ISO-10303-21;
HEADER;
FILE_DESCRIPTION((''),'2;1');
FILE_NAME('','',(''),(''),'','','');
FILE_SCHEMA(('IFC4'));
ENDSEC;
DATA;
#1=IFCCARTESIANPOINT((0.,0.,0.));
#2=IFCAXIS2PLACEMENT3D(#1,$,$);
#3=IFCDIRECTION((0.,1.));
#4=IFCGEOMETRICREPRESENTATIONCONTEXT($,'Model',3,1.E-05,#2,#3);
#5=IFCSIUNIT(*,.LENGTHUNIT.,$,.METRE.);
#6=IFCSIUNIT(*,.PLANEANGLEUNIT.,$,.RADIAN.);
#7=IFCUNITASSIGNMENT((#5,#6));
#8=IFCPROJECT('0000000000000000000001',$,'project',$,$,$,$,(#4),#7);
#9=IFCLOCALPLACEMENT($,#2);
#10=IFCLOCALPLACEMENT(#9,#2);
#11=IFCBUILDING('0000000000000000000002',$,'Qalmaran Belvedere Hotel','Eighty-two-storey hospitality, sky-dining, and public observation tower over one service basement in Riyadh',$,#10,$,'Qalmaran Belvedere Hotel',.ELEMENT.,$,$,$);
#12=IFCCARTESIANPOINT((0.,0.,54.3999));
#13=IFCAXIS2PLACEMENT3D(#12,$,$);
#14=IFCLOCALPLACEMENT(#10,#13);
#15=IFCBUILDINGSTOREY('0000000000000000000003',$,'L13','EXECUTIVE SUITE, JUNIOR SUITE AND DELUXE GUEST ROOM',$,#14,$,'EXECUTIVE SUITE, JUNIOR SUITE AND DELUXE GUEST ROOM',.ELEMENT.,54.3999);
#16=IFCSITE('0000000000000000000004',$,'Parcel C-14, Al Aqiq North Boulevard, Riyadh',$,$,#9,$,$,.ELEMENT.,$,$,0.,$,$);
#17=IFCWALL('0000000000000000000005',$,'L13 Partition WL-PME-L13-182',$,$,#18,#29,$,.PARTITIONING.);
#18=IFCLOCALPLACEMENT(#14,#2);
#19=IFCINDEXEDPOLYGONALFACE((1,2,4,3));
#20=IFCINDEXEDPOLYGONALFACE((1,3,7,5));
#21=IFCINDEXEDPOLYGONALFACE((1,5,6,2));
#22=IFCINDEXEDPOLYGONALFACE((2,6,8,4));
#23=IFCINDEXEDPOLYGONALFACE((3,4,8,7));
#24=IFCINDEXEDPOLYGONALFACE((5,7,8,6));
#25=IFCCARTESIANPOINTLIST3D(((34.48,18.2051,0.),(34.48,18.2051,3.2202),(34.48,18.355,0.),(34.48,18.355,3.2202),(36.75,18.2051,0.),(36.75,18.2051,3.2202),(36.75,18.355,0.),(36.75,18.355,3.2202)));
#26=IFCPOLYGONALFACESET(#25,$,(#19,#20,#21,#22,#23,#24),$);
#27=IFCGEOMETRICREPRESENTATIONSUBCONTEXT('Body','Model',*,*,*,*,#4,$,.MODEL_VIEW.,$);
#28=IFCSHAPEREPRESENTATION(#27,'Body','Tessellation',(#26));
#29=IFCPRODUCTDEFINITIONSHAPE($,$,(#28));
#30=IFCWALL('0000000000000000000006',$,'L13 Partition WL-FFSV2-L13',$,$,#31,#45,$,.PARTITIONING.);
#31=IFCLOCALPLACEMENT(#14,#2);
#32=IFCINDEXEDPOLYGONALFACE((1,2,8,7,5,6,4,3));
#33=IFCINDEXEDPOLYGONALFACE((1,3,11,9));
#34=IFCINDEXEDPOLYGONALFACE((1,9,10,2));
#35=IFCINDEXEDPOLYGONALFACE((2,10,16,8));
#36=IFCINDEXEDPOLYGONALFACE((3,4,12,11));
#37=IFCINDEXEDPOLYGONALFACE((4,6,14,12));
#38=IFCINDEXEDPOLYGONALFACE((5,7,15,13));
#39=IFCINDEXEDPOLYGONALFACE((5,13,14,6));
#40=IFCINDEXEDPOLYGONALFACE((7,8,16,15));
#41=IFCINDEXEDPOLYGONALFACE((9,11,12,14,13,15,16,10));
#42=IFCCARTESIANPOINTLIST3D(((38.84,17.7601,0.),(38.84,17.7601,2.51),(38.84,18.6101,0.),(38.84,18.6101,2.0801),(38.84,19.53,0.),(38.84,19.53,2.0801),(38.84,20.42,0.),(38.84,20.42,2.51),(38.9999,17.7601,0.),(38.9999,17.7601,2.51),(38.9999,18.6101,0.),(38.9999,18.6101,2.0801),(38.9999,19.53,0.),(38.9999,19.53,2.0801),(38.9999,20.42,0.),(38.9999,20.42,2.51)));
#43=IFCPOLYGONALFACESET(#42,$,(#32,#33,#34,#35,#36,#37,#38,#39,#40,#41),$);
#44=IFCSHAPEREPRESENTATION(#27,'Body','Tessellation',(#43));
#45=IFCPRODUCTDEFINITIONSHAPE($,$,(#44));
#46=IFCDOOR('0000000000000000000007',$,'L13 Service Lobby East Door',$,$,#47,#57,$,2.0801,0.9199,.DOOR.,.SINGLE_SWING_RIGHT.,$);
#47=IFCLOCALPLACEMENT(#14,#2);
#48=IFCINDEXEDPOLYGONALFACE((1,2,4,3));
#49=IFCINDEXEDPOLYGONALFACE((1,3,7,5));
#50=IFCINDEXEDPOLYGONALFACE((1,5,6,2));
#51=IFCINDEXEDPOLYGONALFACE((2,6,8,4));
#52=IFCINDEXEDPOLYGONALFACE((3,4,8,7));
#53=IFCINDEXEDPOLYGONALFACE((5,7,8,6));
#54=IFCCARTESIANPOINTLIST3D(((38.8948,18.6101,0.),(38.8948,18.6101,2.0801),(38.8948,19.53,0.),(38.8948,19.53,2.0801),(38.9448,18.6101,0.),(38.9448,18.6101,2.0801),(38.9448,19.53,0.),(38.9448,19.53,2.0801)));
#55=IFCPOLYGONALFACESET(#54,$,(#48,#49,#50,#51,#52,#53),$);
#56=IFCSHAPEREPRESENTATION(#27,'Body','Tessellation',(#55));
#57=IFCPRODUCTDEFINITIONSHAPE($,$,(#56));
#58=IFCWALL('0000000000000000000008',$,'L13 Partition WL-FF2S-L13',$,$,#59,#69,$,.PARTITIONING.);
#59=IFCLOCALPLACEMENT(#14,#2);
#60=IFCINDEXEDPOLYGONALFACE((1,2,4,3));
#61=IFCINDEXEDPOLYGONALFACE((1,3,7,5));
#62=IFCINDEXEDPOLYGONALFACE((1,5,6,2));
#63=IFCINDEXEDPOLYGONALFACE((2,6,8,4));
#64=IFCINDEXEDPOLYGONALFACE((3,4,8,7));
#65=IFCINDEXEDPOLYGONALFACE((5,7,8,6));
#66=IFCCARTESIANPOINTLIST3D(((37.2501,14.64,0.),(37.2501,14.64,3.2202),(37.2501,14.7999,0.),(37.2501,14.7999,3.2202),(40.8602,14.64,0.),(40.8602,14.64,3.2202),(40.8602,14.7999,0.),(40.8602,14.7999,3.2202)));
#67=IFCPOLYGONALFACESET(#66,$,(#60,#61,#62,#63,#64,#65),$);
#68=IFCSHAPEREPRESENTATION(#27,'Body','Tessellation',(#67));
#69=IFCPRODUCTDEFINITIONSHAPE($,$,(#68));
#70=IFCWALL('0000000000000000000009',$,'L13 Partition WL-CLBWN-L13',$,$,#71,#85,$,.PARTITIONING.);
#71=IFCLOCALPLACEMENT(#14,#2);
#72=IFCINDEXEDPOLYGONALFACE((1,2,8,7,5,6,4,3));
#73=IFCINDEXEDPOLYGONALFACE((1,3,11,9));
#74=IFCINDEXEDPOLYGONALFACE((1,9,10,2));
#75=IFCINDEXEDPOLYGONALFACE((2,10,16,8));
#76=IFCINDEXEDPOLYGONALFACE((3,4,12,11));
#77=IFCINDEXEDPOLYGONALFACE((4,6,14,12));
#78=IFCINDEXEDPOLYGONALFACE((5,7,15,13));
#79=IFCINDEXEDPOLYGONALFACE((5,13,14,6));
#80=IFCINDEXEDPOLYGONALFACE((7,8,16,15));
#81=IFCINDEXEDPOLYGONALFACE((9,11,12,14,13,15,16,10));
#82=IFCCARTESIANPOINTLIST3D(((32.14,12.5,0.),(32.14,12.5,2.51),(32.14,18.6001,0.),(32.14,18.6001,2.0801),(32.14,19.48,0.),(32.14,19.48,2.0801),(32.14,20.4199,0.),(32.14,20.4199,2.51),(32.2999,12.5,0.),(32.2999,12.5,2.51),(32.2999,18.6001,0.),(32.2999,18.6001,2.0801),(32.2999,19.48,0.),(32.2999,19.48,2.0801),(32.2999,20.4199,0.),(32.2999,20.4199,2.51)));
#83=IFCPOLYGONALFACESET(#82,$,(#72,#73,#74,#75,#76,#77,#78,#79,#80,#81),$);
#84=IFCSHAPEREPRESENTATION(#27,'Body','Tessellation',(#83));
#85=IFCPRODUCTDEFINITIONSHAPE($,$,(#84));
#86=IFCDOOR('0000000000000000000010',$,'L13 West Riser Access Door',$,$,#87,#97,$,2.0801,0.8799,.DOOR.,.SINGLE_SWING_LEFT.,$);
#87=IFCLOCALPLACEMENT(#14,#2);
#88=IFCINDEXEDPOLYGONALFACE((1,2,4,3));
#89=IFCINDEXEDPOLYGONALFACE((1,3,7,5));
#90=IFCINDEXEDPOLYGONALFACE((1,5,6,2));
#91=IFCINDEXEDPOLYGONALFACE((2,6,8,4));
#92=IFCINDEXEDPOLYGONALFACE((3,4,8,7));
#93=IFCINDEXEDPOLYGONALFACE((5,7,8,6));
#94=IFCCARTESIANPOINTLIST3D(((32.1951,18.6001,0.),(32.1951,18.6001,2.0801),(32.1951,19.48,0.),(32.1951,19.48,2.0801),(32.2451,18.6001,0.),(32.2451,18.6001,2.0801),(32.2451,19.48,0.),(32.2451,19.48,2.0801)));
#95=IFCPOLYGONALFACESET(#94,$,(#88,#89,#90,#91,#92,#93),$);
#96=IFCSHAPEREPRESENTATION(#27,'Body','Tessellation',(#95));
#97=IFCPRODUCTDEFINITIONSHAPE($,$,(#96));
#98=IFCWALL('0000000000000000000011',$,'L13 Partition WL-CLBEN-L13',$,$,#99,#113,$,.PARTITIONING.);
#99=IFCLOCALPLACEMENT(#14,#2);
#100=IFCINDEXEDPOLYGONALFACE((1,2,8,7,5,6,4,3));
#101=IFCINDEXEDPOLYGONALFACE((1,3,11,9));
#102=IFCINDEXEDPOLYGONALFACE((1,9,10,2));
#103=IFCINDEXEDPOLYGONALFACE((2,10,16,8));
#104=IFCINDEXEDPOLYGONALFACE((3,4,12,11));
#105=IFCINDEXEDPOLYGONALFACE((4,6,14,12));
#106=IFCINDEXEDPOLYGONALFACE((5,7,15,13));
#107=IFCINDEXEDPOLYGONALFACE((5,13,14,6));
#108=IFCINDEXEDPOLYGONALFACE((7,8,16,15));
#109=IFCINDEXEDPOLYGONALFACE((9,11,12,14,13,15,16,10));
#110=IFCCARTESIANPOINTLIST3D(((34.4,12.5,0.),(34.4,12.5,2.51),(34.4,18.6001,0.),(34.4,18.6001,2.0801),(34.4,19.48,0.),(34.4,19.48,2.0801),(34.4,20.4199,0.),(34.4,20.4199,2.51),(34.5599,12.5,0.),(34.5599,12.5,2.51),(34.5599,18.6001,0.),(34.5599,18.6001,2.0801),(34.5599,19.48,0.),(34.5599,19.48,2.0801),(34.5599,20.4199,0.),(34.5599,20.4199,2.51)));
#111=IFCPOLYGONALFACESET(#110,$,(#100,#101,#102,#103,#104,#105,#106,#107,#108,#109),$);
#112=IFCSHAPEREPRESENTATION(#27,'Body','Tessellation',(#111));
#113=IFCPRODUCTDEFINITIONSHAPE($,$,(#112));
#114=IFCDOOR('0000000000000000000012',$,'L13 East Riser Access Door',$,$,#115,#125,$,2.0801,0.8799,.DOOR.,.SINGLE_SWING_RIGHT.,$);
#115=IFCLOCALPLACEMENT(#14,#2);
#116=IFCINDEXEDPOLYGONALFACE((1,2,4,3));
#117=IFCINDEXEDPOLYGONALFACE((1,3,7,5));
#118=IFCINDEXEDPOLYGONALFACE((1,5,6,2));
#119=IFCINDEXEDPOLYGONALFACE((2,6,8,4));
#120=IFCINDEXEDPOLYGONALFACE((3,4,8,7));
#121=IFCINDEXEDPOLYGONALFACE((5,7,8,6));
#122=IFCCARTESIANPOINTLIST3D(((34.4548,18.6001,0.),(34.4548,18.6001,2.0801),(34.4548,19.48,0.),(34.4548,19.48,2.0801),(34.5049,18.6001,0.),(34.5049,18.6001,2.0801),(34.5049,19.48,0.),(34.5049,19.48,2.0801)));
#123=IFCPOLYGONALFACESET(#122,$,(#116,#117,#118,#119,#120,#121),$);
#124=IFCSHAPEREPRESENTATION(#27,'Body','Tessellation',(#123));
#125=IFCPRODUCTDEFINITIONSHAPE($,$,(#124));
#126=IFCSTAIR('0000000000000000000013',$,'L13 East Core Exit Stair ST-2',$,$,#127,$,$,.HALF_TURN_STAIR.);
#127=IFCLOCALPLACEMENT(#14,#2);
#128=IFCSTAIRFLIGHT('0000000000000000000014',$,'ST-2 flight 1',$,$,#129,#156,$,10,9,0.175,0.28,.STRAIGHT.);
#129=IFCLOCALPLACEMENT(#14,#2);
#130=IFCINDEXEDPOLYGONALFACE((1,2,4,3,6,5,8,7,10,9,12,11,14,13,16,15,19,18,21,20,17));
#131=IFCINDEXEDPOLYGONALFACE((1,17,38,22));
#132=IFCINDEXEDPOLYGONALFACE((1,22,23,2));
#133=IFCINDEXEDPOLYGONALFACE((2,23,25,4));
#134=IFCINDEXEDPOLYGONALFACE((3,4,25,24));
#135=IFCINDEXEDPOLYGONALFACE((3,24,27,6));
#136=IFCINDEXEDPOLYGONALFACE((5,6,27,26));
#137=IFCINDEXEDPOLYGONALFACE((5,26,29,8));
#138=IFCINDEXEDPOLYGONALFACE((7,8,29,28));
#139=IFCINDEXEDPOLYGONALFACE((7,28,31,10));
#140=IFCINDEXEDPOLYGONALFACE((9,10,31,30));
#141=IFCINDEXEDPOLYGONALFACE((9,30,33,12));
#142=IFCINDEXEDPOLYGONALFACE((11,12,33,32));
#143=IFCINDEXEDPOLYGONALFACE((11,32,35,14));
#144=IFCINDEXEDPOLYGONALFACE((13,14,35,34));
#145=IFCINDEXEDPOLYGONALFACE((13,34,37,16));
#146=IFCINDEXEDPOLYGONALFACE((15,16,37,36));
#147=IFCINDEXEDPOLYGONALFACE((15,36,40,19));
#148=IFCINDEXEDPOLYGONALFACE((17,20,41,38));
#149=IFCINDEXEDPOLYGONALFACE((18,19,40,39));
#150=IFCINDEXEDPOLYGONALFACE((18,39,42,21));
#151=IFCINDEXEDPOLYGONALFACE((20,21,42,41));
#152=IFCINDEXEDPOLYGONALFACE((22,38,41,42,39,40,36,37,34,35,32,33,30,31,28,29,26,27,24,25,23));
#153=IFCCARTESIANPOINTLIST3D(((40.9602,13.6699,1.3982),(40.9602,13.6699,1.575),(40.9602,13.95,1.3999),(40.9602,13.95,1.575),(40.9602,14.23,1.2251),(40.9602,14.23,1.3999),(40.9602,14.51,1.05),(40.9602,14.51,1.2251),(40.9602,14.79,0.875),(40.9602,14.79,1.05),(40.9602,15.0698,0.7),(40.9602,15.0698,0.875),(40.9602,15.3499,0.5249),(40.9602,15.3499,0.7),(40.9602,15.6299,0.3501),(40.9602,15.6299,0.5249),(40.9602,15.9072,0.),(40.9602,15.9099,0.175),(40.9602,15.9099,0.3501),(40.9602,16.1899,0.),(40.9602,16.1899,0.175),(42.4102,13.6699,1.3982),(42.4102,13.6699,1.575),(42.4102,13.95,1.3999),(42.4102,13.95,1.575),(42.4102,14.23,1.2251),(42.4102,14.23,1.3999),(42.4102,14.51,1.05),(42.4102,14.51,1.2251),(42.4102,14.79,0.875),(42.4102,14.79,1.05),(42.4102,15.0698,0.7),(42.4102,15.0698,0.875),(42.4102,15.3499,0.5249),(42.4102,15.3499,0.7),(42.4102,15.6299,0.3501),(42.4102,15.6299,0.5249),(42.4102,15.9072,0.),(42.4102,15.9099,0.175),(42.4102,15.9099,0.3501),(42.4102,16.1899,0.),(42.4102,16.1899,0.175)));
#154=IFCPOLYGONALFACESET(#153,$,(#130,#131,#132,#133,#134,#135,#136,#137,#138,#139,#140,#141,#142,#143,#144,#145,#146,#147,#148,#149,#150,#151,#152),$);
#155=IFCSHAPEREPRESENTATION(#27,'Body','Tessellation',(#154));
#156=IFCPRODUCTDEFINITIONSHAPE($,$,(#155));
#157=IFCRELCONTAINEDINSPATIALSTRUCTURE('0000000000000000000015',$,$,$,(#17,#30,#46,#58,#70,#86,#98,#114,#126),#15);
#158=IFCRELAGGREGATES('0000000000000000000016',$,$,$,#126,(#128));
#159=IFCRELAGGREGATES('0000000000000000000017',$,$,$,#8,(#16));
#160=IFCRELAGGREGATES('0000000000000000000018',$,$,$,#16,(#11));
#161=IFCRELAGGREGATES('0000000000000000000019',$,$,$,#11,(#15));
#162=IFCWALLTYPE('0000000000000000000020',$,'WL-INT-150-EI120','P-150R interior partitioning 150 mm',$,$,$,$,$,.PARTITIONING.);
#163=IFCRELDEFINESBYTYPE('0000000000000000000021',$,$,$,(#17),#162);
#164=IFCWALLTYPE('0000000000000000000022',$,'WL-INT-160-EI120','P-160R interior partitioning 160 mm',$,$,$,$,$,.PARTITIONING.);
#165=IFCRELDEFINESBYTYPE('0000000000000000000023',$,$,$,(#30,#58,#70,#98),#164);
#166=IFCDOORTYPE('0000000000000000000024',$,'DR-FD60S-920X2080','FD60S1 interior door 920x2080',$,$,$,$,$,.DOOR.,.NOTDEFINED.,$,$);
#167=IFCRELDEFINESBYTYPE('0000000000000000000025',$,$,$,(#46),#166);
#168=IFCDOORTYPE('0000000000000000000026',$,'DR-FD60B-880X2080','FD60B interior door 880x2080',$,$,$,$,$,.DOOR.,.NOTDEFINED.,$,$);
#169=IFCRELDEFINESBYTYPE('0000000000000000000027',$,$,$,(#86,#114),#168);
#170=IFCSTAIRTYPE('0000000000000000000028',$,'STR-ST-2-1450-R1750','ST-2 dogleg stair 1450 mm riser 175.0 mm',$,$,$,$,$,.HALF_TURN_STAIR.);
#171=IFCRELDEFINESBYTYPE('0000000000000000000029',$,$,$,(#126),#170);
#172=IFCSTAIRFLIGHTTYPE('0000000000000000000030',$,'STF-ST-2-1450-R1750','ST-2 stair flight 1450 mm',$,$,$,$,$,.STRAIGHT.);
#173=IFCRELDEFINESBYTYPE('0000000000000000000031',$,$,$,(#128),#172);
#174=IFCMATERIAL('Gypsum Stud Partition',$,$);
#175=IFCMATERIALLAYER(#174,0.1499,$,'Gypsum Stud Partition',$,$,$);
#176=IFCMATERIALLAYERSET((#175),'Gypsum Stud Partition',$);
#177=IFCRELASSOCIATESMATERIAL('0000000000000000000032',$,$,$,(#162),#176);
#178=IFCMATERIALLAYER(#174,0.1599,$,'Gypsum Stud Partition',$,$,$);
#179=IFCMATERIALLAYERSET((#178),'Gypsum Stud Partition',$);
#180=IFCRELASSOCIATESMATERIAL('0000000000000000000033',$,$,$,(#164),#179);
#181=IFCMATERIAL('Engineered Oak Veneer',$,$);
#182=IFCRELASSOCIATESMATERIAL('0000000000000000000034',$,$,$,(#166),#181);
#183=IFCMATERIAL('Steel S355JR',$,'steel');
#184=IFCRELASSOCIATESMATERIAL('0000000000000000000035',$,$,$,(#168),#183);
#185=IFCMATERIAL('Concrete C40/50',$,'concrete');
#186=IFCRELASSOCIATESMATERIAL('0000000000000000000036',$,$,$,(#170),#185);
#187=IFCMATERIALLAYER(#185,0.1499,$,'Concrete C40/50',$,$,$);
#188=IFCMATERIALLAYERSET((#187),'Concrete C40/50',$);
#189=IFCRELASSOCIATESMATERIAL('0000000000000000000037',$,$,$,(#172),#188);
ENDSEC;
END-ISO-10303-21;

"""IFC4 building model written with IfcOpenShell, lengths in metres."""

from ifc_helpers import new_model, si_unit, direction, frame, frame_2d, origin, place, context, subcontext, project, spatial, polyline, rectangle, outline, extrude, material, layer, layer_set, type_object, element, fill, aggregate, save


model = new_model("IFC4")

# Units and contexts
model_context = context("Model", 3, precision=1e-05, world=origin(), true_north=direction((0.0, 1.0)))
body_context = subcontext(model_context, "Body", "Model", "MODEL_VIEW")
ifc_project = project(units=[si_unit("LENGTHUNIT", "METRE"), si_unit("PLANEANGLEUNIT", "RADIAN")], contexts=[model_context])

# Site, building, storey
site_placement = place(None, origin())
site = spatial("IfcSite", under=ifc_project, at=site_placement, Name="Parcel C-14, Al Aqiq North Boulevard, Riyadh", CompositionType="ELEMENT", RefElevation=0.0)
building_placement = place(site_placement, origin())
building = spatial("IfcBuilding", under=site, at=building_placement, Name="Qalmaran Belvedere Hotel", Description="Eighty-two-storey hospitality, sky-dining, and public observation tower over one service basement in Riyadh", LongName="Qalmaran Belvedere Hotel", CompositionType="ELEMENT")
storey_placement = place(building_placement, frame((0.0, 0.0, 54.3999)))
storey = spatial("IfcBuildingStorey", under=building, at=storey_placement, Name="L13", Description="EXECUTIVE SUITE, JUNIOR SUITE AND DELUXE GUEST ROOM", LongName="EXECUTIVE SUITE, JUNIOR SUITE AND DELUXE GUEST ROOM", CompositionType="ELEMENT", Elevation=54.3999)

# Shared definitions
ifc_material_1 = material(Name="Steel S355JR", Category="steel")

# Wall
ifc_material_2 = material(Name="Gypsum Stud Partition")
ifc_layer_1 = layer(ifc_material_2, 0.1499, Name="Gypsum Stud Partition")
ifc_layer_set_1 = layer_set([ifc_layer_1], Name="Gypsum Stud Partition")
wall_type_1 = type_object("IfcWallType", Name="WL-INT-150-EI120", Description="P-150R interior partitioning 150 mm", PredefinedType="PARTITIONING", material=ifc_layer_set_1)
wall_1_placement = place(storey_placement, frame((34.48, 18.28, 0.0), z_axis=(0.0, 0.0, 1.0), x_axis=(1.0, 0.0, 0.0)))
element("IfcWall", 1, at=wall_1_placement, inside=storey, type_object=wall_type_1, Name="L13 Partition WL-PME-L13-182", PredefinedType="PARTITIONING", context=body_context, shape_type="SweptSolid", body=[
    extrude(rectangle(XDim=2.27, YDim=0.1499, at=frame_2d((1.135, 0.0))), origin(), (0.0, 0.0, 1.0), 3.2202),
])

# Wall, opening, door
ifc_layer_2 = layer(ifc_material_2, 0.1599, Name="Gypsum Stud Partition")
ifc_layer_set_2 = layer_set([ifc_layer_2], Name="Gypsum Stud Partition")
wall_type_2 = type_object("IfcWallType", Name="WL-INT-160-EI120", Description="P-160R interior partitioning 160 mm", PredefinedType="PARTITIONING", material=ifc_layer_set_2)
wall_2_placement = place(storey_placement, frame((38.9199, 17.76, 0.0), z_axis=(0.0, 0.0, 1.0), x_axis=(0.0, 1.0, 0.0)))
wall_2 = element("IfcWall", 2, at=wall_2_placement, inside=storey, type_object=wall_type_2, Name="L13 Partition WL-FFSV2-L13", PredefinedType="PARTITIONING", context=body_context, shape_type="SweptSolid", body=[
    extrude(rectangle(XDim=2.6599, YDim=0.1599, at=frame_2d((1.3301, 0.0))), origin(), (0.0, 0.0, 1.0), 2.51),
])
opening_1_placement = place(wall_2_placement, frame((1.77, 0.0, 0.0), z_axis=(0.0, 0.0, 1.0), x_axis=(-1.0, 0.0, 0.0)))
opening_1 = element("IfcOpeningElement", 3, at=opening_1_placement, cuts=wall_2, PredefinedType="OPENING", context=body_context, shape_type="SweptSolid", body=[
    extrude(rectangle(XDim=0.9199, YDim=2.0801, at=frame_2d((0.46, 1.04))), frame((0.0, 0.0898, 0.0), z_axis=(0.0, -1.0, 0.0), x_axis=(1.0, 0.0, 0.0)), (0.0, 0.0, 1.0), 0.1799),
])
ifc_material_3 = material(Name="Engineered Oak Veneer")
door_type_1 = type_object("IfcDoorType", Name="DR-FD60S-920X2080", Description="FD60S1 interior door 920x2080", OperationType="NOTDEFINED", PredefinedType="DOOR", material=ifc_material_3)
door_1_placement = place(opening_1_placement, origin())
door_1 = element("IfcDoor", 4, at=door_1_placement, inside=storey, type_object=door_type_1, Name="L13 Service Lobby East Door", OperationType="SINGLE_SWING_RIGHT", OverallHeight=2.0801, OverallWidth=0.9199, PredefinedType="DOOR", context=body_context, shape_type="SweptSolid", body=[
    extrude(rectangle(XDim=0.9199, YDim=2.0801, at=frame_2d((0.46, 1.04))), frame((0.0, 0.0249, 0.0), z_axis=(0.0, -1.0, 0.0), x_axis=(1.0, 0.0, 0.0)), (0.0, 0.0, 1.0), 0.05),
])
fill(opening_1, door_1)

# Wall
wall_3_placement = place(storey_placement, frame((37.25, 14.72, 0.0), z_axis=(0.0, 0.0, 1.0), x_axis=(1.0, 0.0, 0.0)))
element("IfcWall", 5, at=wall_3_placement, inside=storey, type_object=wall_type_2, Name="L13 Partition WL-FF2S-L13", PredefinedType="PARTITIONING", context=body_context, shape_type="SweptSolid", body=[
    extrude(rectangle(XDim=3.6101, YDim=0.1599, at=frame_2d((1.8052, 0.0))), origin(), (0.0, 0.0, 1.0), 3.2202),
])

# Walls, openings, doors
wall_4_placement = place(storey_placement, frame((32.22, 12.5, 0.0), z_axis=(0.0, 0.0, 1.0), x_axis=(0.0, 1.0, 0.0)))
wall_4 = element("IfcWall", 6, at=wall_4_placement, inside=storey, type_object=wall_type_2, Name="L13 Partition WL-CLBWN-L13", PredefinedType="PARTITIONING", context=body_context, shape_type="SweptSolid", body=[
    extrude(rectangle(XDim=7.9199, YDim=0.1599, at=frame_2d((3.96, 0.0))), origin(), (0.0, 0.0, 1.0), 2.51),
])
opening_2_placement = place(wall_4_placement, frame((6.1001, 0.0, 0.0)))
opening_2 = element("IfcOpeningElement", 7, at=opening_2_placement, cuts=wall_4, PredefinedType="OPENING", context=body_context, shape_type="SweptSolid", body=[
    extrude(rectangle(XDim=0.8799, YDim=2.0801, at=frame_2d((0.4399, 1.04))), frame((0.0, 0.0898, 0.0), z_axis=(0.0, -1.0, 0.0), x_axis=(1.0, 0.0, 0.0)), (0.0, 0.0, 1.0), 0.1799),
])
door_type_2 = type_object("IfcDoorType", Name="DR-FD60B-880X2080", Description="FD60B interior door 880x2080", OperationType="NOTDEFINED", PredefinedType="DOOR", material=ifc_material_1)
door_2_placement = place(opening_2_placement, origin())
door_2 = element("IfcDoor", 8, at=door_2_placement, inside=storey, type_object=door_type_2, Name="L13 West Riser Access Door", OperationType="SINGLE_SWING_LEFT", OverallHeight=2.0801, OverallWidth=0.8799, PredefinedType="DOOR", context=body_context, shape_type="SweptSolid", body=[
    extrude(rectangle(XDim=0.8799, YDim=2.0801, at=frame_2d((0.4399, 1.04))), frame((0.0, 0.0249, 0.0), z_axis=(0.0, -1.0, 0.0), x_axis=(1.0, 0.0, 0.0)), (0.0, 0.0, 1.0), 0.05),
])
fill(opening_2, door_2)
wall_5_placement = place(storey_placement, frame((34.48, 12.5, 0.0), z_axis=(0.0, 0.0, 1.0), x_axis=(0.0, 1.0, 0.0)))
wall_5 = element("IfcWall", 9, at=wall_5_placement, inside=storey, type_object=wall_type_2, Name="L13 Partition WL-CLBEN-L13", PredefinedType="PARTITIONING", context=body_context, shape_type="SweptSolid", body=[
    extrude(rectangle(XDim=7.9199, YDim=0.1599, at=frame_2d((3.96, 0.0))), origin(), (0.0, 0.0, 1.0), 2.51),
])
opening_3_placement = place(wall_5_placement, frame((6.98, 0.0, 0.0), z_axis=(0.0, 0.0, 1.0), x_axis=(-1.0, 0.0, 0.0)))
opening_3 = element("IfcOpeningElement", 10, at=opening_3_placement, cuts=wall_5, PredefinedType="OPENING", context=body_context, shape_type="SweptSolid", body=[
    extrude(rectangle(XDim=0.8799, YDim=2.0801, at=frame_2d((0.4399, 1.04))), frame((0.0, 0.0898, 0.0), z_axis=(0.0, -1.0, 0.0), x_axis=(1.0, 0.0, 0.0)), (0.0, 0.0, 1.0), 0.1799),
])
door_3_placement = place(opening_3_placement, origin())
door_3 = element("IfcDoor", 11, at=door_3_placement, inside=storey, type_object=door_type_2, Name="L13 East Riser Access Door", OperationType="SINGLE_SWING_RIGHT", OverallHeight=2.0801, OverallWidth=0.8799, PredefinedType="DOOR", context=body_context, shape_type="SweptSolid", body=[
    extrude(rectangle(XDim=0.8799, YDim=2.0801, at=frame_2d((0.4399, 1.04))), frame((0.0, 0.0249, 0.0), z_axis=(0.0, -1.0, 0.0), x_axis=(1.0, 0.0, 0.0)), (0.0, 0.0, 1.0), 0.05),
])
fill(opening_3, door_3)

# Stair, stair flight
ifc_material_4 = material(Name="Concrete C40/50", Category="concrete")
stair_type = type_object("IfcStairType", Name="STR-ST-2-1450-R1750", Description="ST-2 dogleg stair 1450 mm riser 175.0 mm", PredefinedType="HALF_TURN_STAIR", material=ifc_material_4)
stair_placement = place(storey_placement, origin())
stair = element("IfcStair", 12, at=stair_placement, inside=storey, type_object=stair_type, Name="L13 East Core Exit Stair ST-2", PredefinedType="HALF_TURN_STAIR")
ifc_layer_3 = layer(ifc_material_4, 0.1499, Name="Concrete C40/50")
ifc_layer_set_3 = layer_set([ifc_layer_3], Name="Concrete C40/50")
stair_flight_type = type_object("IfcStairFlightType", Name="STF-ST-2-1450-R1750", Description="ST-2 stair flight 1450 mm", PredefinedType="STRAIGHT", material=ifc_layer_set_3)
stair_flight_1_placement = place(storey_placement, frame((41.6851, 16.1899, 0.0), z_axis=(0.0, 0.0, 1.0), x_axis=(0.0, -1.0, 0.0)))
stair_flight_1 = element("IfcStairFlight", 13, at=stair_flight_1_placement, type_object=stair_flight_type, Name="ST-2 flight 1", NumberOfRisers=10, NumberOfTreads=9, PredefinedType="STRAIGHT", RiserHeight=0.175, TreadLength=0.28, context=body_context, shape_type="SweptSolid", body=[
    extrude(outline(polyline([(0.0, 0.0), (0.0, 0.175), (0.28, 0.175), (0.28, 0.3501), (0.5601, 0.3501), (0.5601, 0.5249), (0.8401, 0.5249), (0.8401, 0.7), (1.1201, 0.7), (1.1201, 0.875), (1.3999, 0.875), (1.3999, 1.05), (1.6799, 1.05), (1.6799, 1.2251), (1.96, 1.2251), (1.96, 1.3999), (2.24, 1.3999), (2.24, 1.575), (2.52, 1.575), (2.52, 1.75), (2.52, 1.3982), (0.2827, 0.0), (0.0, 0.0)])), frame((0.0, 0.7251, 0.0), z_axis=(0.0, -1.0, 0.0), x_axis=(1.0, 0.0, 0.0)), (0.0, 0.0, 1.0), 1.45),
])
aggregate(stair, [stair_flight_1])

save(model, "model.ifc")
